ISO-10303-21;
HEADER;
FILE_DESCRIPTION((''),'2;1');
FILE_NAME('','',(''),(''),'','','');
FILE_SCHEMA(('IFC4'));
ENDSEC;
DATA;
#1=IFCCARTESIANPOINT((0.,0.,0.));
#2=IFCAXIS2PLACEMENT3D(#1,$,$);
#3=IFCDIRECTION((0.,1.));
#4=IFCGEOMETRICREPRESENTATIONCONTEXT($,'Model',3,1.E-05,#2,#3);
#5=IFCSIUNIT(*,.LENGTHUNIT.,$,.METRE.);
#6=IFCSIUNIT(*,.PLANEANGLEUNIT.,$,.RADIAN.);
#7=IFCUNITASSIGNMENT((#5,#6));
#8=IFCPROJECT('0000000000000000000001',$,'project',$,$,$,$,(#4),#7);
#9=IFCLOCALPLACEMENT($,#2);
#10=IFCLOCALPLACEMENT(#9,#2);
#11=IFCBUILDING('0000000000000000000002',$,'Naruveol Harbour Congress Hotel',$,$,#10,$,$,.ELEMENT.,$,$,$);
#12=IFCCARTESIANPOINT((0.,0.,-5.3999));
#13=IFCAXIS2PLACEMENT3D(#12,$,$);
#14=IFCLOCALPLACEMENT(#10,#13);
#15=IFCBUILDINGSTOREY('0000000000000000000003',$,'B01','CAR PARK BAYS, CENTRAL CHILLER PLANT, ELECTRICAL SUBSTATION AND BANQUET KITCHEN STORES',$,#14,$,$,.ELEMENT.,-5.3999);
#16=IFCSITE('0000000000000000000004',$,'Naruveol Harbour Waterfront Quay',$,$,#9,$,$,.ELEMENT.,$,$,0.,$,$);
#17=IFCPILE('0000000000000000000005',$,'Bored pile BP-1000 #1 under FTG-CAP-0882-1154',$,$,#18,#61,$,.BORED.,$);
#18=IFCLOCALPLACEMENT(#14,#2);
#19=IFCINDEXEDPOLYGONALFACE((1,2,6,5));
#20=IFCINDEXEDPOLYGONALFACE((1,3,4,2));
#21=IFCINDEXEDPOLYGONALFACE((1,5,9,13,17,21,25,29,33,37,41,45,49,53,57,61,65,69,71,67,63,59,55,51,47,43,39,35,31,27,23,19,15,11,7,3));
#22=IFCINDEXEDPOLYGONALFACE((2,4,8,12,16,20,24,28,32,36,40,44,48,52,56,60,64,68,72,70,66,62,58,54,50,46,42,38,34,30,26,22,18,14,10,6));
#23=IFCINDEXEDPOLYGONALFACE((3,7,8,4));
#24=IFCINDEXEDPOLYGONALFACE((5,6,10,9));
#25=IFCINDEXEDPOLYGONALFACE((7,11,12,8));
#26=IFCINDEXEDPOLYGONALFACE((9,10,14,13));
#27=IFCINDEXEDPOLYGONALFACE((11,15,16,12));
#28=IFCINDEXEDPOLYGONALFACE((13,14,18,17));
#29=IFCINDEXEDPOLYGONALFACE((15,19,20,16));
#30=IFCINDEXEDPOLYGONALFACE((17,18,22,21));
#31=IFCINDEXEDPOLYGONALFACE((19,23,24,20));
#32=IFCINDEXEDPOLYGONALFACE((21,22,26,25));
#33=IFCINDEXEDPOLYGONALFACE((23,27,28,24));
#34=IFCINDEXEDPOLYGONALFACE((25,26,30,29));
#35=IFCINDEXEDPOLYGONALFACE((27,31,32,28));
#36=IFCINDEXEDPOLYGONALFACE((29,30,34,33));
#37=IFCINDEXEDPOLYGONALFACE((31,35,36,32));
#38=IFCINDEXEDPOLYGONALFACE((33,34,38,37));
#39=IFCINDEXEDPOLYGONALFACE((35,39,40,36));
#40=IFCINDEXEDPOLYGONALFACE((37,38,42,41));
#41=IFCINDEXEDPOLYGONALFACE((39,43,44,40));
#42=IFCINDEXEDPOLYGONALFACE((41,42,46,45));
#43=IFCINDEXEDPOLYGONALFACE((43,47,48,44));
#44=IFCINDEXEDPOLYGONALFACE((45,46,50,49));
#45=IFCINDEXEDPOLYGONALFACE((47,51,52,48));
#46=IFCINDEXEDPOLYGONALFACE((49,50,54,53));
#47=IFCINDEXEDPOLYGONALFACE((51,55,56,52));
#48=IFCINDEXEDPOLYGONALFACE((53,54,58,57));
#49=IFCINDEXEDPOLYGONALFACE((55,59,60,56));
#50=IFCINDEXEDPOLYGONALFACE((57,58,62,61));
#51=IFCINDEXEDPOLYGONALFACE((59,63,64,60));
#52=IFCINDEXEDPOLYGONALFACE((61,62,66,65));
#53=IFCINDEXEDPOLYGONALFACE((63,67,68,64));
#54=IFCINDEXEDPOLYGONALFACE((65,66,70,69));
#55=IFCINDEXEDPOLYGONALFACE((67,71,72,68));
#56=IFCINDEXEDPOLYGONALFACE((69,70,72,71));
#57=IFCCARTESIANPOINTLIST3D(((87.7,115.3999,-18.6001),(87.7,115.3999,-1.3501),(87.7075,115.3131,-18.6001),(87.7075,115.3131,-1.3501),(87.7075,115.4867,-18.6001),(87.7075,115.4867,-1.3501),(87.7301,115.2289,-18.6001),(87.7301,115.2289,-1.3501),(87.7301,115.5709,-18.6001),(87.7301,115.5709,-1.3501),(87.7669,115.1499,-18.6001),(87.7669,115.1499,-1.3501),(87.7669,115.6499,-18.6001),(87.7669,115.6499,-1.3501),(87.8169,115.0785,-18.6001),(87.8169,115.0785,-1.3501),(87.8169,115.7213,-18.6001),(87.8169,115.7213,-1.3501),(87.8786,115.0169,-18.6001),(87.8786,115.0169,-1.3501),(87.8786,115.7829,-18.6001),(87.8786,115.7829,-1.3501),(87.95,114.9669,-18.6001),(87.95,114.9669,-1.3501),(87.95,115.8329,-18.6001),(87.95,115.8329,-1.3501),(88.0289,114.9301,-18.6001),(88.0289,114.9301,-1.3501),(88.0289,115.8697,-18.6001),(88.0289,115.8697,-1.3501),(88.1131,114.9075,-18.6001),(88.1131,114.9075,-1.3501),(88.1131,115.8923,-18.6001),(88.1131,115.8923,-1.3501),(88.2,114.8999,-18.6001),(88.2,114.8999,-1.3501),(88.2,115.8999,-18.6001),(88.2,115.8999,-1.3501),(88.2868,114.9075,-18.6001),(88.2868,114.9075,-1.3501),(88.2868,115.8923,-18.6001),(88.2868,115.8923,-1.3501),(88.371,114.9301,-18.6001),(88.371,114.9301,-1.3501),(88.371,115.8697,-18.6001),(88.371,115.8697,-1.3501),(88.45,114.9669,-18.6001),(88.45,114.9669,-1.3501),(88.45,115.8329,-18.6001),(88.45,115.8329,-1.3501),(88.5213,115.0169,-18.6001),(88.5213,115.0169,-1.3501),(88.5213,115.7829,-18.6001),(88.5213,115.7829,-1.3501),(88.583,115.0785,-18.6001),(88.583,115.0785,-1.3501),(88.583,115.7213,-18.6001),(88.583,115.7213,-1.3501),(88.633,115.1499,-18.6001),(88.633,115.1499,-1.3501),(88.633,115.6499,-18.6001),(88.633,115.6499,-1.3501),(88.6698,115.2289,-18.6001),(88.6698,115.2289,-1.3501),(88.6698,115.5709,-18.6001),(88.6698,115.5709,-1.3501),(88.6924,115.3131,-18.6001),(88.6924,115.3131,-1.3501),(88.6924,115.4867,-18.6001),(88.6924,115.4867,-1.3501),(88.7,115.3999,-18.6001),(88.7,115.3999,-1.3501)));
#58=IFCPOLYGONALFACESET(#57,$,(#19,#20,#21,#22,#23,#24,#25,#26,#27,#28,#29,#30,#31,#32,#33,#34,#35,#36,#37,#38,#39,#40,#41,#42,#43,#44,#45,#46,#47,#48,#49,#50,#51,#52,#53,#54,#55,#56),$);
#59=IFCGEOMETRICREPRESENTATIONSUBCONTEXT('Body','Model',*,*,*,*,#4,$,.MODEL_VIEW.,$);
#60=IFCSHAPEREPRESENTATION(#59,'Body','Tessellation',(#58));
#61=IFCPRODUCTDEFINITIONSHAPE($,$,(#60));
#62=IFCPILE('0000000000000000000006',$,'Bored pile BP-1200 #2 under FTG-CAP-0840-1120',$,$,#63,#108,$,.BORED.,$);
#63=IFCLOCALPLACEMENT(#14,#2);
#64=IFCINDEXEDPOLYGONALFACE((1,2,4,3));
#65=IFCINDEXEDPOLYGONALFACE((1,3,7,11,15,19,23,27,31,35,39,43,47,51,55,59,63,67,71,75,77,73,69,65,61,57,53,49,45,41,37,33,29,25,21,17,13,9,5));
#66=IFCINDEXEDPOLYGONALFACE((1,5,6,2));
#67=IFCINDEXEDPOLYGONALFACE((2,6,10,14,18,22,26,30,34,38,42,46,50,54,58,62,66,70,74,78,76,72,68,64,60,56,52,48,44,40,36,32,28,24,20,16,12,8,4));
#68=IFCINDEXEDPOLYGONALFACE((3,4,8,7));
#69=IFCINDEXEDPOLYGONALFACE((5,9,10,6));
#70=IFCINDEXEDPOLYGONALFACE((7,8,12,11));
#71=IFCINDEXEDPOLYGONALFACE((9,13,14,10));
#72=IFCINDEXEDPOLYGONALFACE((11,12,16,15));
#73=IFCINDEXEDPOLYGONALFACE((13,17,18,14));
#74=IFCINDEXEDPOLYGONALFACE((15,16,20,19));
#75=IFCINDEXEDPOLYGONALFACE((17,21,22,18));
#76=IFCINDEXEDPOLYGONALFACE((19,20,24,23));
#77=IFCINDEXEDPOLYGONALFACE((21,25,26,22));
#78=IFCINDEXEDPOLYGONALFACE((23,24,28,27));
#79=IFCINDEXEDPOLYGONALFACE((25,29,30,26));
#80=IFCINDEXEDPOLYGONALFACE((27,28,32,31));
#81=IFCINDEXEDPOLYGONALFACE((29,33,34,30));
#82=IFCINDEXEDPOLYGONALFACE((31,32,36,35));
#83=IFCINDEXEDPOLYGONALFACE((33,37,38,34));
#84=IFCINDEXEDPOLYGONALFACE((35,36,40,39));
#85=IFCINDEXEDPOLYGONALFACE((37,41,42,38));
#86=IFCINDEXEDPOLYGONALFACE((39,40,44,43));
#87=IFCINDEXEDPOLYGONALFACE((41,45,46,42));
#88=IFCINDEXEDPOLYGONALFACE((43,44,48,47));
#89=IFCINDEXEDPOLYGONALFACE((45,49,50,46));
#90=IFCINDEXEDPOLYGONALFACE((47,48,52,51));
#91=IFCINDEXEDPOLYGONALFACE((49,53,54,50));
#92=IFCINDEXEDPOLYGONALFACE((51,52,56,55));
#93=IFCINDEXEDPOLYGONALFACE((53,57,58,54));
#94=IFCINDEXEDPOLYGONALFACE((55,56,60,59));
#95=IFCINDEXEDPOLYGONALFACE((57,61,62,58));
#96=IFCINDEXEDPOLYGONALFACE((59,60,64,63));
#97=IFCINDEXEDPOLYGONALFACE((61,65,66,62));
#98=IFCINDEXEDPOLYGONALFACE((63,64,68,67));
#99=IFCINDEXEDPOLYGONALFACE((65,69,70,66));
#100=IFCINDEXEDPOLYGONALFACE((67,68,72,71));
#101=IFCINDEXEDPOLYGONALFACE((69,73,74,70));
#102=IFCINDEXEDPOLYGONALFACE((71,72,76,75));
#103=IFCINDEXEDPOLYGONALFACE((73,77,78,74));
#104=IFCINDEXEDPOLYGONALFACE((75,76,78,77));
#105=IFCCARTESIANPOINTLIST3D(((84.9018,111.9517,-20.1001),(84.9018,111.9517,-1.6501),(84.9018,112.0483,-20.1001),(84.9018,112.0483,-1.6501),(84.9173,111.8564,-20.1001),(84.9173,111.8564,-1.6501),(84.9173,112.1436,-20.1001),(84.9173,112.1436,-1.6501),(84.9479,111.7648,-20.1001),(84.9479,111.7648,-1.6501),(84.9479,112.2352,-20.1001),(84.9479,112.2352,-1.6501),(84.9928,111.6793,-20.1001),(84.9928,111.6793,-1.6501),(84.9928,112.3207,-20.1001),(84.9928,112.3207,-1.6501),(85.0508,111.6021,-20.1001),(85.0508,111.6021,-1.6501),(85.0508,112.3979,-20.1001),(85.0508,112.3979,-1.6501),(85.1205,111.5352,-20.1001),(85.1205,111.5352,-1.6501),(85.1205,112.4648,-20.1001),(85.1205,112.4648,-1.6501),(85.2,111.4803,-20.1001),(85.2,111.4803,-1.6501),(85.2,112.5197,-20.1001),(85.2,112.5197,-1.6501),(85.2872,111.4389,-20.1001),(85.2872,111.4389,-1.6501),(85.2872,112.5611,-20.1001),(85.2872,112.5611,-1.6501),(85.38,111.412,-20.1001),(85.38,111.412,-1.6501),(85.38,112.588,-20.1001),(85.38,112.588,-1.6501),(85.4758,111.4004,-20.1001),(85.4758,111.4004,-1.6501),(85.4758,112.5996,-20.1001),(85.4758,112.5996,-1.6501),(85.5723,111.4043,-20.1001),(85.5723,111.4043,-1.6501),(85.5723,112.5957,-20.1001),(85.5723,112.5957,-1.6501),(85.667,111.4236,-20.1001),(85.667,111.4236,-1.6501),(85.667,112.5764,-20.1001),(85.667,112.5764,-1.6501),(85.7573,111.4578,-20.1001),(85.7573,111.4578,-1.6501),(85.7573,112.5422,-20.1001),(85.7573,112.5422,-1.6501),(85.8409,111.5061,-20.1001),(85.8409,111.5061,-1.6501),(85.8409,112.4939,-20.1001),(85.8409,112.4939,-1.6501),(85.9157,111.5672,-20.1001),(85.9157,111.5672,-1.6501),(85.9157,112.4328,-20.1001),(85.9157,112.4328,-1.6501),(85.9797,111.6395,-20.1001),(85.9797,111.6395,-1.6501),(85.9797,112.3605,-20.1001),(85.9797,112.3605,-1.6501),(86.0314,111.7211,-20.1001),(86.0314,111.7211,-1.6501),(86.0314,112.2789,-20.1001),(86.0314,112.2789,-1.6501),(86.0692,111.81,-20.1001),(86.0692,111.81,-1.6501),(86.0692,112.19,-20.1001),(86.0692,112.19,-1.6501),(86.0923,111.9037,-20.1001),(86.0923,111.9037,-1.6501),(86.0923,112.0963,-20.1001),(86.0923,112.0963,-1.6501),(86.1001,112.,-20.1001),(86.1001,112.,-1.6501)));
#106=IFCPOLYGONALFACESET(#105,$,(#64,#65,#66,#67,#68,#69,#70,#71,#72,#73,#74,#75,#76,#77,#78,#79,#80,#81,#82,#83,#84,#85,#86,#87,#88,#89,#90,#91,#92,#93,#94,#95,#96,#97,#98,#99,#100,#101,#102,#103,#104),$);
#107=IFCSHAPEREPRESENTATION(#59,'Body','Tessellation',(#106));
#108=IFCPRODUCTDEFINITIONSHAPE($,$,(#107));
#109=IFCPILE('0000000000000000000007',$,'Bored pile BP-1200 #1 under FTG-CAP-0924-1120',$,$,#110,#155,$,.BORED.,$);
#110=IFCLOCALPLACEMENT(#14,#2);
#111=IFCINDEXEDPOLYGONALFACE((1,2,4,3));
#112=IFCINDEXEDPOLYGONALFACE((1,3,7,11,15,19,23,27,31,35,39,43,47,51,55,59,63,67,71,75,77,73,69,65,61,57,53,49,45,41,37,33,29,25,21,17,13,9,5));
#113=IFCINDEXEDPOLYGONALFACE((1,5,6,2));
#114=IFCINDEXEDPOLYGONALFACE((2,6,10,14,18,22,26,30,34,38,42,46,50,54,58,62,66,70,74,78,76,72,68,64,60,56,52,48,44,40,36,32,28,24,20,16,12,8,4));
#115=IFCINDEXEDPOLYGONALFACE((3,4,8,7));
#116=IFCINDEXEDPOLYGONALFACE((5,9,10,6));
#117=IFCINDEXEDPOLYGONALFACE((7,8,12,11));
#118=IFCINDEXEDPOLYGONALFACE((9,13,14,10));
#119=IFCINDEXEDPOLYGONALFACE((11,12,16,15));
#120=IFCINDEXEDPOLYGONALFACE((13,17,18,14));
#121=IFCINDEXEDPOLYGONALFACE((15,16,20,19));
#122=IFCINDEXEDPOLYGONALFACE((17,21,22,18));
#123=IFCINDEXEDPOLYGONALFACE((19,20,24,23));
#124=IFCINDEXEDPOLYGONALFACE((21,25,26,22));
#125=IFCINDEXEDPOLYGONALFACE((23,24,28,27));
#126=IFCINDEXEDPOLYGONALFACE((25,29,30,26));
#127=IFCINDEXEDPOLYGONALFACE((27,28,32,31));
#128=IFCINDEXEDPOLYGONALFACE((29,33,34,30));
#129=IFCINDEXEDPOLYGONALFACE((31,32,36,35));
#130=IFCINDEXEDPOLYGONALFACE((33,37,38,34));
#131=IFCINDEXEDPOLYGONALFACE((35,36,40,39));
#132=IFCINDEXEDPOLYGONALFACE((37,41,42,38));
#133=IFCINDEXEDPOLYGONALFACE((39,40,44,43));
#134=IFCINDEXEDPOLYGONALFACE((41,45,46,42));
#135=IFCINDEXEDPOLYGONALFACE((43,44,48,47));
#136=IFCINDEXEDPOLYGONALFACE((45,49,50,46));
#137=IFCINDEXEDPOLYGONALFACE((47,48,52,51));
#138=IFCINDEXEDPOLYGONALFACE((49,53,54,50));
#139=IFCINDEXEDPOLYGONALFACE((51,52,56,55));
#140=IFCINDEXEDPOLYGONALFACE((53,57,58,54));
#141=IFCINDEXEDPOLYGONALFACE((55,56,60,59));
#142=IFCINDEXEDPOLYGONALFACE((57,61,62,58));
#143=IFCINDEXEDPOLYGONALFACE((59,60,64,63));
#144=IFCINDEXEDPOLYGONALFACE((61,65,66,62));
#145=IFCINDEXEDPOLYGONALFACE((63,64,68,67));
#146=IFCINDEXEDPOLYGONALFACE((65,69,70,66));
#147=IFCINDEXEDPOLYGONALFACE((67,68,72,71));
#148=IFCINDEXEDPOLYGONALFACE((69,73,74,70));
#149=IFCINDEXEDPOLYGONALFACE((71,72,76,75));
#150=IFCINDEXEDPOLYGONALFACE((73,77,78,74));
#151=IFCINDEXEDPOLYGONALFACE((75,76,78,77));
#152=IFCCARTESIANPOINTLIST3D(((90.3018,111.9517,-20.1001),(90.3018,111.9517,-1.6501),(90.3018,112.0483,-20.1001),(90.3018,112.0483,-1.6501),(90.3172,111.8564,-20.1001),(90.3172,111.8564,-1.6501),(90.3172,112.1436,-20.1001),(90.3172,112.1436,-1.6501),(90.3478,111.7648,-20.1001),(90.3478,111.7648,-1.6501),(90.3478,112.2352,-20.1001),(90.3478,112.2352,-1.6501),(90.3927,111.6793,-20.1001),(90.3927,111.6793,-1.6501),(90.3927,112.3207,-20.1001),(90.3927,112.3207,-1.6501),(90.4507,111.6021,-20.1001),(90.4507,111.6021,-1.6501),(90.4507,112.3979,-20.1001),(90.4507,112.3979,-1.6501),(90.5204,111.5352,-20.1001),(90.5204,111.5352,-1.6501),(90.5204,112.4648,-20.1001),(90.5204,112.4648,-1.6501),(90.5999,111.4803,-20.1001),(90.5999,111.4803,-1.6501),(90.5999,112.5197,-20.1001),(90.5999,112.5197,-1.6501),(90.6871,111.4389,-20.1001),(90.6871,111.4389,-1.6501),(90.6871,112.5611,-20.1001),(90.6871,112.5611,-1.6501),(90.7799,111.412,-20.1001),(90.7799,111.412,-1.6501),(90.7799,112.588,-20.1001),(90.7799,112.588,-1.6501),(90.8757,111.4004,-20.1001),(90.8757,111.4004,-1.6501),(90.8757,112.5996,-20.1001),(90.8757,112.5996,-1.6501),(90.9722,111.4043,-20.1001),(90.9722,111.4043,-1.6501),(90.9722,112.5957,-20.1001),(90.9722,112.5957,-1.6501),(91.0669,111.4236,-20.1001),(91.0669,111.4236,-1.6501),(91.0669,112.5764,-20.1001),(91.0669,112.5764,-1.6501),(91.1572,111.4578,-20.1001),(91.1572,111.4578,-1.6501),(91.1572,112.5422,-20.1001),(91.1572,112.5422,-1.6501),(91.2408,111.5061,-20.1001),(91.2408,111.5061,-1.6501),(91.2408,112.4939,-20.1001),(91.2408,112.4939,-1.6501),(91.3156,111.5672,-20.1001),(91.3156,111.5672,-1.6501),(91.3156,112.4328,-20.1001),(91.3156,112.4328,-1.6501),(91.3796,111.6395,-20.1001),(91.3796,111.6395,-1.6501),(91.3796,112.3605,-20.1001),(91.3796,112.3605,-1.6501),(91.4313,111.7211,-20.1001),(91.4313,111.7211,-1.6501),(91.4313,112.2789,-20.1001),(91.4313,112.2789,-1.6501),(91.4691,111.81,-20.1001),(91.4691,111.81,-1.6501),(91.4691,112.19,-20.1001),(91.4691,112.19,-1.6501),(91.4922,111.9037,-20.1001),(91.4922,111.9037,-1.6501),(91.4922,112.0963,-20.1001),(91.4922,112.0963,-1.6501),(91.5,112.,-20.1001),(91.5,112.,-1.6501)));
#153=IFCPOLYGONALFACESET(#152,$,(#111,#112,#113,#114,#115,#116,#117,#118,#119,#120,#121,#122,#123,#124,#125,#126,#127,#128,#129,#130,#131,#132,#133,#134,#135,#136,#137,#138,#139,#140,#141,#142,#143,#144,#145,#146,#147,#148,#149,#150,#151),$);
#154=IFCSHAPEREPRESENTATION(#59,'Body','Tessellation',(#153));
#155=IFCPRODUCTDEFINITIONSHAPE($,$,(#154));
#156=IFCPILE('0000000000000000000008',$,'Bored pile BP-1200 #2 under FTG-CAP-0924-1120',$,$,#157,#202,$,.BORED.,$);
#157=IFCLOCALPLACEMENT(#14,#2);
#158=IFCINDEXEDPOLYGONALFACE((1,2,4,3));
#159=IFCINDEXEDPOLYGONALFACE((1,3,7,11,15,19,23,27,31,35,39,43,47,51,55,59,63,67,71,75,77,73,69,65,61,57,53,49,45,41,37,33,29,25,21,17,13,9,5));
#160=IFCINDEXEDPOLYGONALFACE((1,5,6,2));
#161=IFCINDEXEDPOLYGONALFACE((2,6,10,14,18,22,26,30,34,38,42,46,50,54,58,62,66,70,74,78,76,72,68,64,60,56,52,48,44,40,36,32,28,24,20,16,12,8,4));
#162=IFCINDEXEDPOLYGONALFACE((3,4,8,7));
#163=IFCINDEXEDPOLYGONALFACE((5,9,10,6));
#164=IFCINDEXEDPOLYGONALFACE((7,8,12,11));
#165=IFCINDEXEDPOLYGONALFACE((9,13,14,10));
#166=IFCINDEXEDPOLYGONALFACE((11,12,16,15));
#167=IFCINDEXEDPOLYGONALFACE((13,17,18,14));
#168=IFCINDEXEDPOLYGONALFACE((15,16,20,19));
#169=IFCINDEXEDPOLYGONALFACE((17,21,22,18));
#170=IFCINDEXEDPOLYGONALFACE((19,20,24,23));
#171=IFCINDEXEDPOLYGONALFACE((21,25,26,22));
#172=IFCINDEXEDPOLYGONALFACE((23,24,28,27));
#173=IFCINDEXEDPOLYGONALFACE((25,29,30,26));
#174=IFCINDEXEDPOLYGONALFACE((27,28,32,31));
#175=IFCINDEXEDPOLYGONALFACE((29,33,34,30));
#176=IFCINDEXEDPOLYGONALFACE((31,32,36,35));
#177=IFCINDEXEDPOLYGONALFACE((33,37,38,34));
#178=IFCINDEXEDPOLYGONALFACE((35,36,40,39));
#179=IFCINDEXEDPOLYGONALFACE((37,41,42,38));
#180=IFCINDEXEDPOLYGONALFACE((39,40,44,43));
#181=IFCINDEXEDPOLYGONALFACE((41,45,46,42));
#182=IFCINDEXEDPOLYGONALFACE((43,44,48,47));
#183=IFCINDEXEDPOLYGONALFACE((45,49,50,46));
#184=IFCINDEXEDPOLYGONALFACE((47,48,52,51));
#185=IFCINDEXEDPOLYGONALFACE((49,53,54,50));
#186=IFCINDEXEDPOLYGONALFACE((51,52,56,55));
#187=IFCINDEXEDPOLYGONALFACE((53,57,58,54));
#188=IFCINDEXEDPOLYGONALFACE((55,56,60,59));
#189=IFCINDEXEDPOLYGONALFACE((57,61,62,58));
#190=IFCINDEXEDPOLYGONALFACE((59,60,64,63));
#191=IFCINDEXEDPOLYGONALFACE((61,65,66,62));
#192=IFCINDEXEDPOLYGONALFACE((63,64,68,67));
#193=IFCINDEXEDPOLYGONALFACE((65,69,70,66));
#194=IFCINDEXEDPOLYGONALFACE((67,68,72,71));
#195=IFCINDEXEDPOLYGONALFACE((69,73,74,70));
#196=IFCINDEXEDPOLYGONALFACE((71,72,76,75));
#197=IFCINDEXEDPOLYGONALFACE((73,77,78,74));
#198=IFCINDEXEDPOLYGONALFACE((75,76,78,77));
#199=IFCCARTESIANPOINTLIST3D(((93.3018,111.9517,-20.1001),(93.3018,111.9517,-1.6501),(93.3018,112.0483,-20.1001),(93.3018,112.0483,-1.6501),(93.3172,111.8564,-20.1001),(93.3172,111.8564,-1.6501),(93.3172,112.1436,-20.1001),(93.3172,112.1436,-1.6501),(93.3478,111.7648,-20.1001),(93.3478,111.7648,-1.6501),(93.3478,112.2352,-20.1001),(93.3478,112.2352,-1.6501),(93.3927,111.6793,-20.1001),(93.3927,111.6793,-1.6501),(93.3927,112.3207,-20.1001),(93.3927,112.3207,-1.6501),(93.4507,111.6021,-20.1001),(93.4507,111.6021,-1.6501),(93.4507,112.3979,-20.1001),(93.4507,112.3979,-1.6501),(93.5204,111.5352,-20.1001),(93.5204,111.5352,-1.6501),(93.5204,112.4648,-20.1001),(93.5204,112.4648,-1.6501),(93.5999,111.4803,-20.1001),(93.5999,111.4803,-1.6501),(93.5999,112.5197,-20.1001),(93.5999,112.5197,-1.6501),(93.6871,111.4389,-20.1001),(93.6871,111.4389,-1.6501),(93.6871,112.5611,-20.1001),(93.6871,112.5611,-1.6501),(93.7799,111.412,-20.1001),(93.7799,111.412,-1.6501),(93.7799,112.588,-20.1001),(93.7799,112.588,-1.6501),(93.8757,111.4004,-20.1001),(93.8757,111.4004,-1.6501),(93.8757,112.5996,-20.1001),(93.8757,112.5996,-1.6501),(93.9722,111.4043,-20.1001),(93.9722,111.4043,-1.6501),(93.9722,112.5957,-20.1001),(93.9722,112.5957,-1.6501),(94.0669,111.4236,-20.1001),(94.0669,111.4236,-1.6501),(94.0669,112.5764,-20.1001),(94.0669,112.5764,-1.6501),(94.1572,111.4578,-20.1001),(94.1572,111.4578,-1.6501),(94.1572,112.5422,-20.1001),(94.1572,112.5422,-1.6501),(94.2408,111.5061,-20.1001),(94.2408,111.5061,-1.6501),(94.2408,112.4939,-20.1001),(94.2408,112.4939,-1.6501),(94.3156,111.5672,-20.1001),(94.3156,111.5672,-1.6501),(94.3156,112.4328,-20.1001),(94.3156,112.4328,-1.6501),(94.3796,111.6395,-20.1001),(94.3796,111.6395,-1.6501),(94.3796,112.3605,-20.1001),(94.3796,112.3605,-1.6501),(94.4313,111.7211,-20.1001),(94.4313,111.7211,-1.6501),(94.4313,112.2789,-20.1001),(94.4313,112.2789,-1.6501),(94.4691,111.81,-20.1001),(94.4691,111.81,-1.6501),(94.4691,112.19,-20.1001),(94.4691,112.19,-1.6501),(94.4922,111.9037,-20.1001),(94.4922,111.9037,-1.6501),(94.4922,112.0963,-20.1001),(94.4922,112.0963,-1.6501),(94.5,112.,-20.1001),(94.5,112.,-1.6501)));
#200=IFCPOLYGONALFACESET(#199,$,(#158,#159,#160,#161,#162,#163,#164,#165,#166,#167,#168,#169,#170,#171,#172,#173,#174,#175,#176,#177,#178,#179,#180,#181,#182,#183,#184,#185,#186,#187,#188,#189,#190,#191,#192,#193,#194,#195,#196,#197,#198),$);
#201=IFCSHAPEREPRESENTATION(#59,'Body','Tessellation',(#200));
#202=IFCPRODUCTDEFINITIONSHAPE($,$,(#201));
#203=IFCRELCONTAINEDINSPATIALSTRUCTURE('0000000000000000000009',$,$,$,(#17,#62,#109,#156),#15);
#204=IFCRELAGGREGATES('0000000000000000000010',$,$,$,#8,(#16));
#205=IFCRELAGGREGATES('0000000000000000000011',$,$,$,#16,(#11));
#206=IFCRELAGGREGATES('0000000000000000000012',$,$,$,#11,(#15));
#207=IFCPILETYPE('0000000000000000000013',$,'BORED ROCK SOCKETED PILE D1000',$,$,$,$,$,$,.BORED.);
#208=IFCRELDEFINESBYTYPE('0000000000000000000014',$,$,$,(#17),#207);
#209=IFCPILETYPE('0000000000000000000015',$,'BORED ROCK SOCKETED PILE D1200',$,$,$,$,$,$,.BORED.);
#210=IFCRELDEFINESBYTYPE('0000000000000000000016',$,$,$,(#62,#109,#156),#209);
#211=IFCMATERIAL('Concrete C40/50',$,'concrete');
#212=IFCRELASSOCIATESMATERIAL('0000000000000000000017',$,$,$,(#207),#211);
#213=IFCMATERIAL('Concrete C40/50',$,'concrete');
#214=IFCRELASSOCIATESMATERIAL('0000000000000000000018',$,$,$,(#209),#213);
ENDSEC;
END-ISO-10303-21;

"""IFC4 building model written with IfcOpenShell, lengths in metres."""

from ifc_helpers import new_model, si_unit, direction, frame, origin, origin_2d, place, context, subcontext, project, spatial, circle, extrude, material, material_profile, profile_set, type_object, element, save


model = new_model("IFC4")

# Units and contexts
model_context = context("Model", 3, precision=1e-05, world=origin(), true_north=direction((0.0, 1.0)))
body_context = subcontext(model_context, "Body", "Model", "MODEL_VIEW")
ifc_project = project(units=[si_unit("LENGTHUNIT", "METRE"), si_unit("PLANEANGLEUNIT", "RADIAN")], contexts=[model_context])

# Site, building, storey
site_placement = place(None, origin())
site = spatial("IfcSite", under=ifc_project, at=site_placement, Name="Naruveol Harbour Waterfront Quay", CompositionType="ELEMENT", RefElevation=0.0)
building_placement = place(site_placement, origin())
building = spatial("IfcBuilding", under=site, at=building_placement, Name="Naruveol Harbour Congress Hotel", CompositionType="ELEMENT")
storey_placement = place(building_placement, frame((0.0, 0.0, -5.3999)))
storey = spatial("IfcBuildingStorey", under=building, at=storey_placement, Name="B01", Description="CAR PARK BAYS, CENTRAL CHILLER PLANT, ELECTRICAL SUBSTATION AND BANQUET KITCHEN STORES", CompositionType="ELEMENT", Elevation=-5.3999)

# Piles
ifc_material_1 = material(Name="Concrete C40/50", Category="concrete")
ifc_material_profile_1 = material_profile(ifc_material_1, circle(Radius=0.5, at=origin_2d()), Name="BP-1000")
ifc_profile_set_1 = profile_set([ifc_material_profile_1], Name="Concrete C40/50")
pile_type_1 = type_object("IfcPileType", Name="BORED ROCK SOCKETED PILE D1000", PredefinedType="BORED", material=ifc_profile_set_1)
pile_placement = place(storey_placement, frame((88.2, 115.3999, -1.3501), z_axis=(0.0, 0.0, -1.0), x_axis=(1.0, 0.0, 0.0)))
element("IfcPile", 1, at=pile_placement, inside=storey, type_object=pile_type_1, Name="Bored pile BP-1000 #1 under FTG-CAP-0882-1154", PredefinedType="BORED", context=body_context, shape_type="SweptSolid", body=[
    extrude(circle(Radius=0.5, at=origin_2d()), origin(), (0.0, 0.0, 1.0), 17.25),
])
ifc_material_2 = material(Name="Concrete C40/50", Category="concrete")
ifc_material_profile_2 = material_profile(ifc_material_2, circle(Radius=0.6001, at=origin_2d()), Name="BP-1200")
ifc_profile_set_2 = profile_set([ifc_material_profile_2], Name="Concrete C40/50")
pile_type_2 = type_object("IfcPileType", Name="BORED ROCK SOCKETED PILE D1200", PredefinedType="BORED", material=ifc_profile_set_2)
for number, where, z_axis, x_axis, name in (
    (2, (85.5, 112.0, -1.6501), (0.0, 0.0, -1.0), (1.0, 0.0, 0.0), "Bored pile BP-1200 #2 under FTG-CAP-0840-1120"),
    (3, (90.8999, 112.0, -1.6501), (0.0, 0.0, -1.0), (1.0, 0.0, 0.0), "Bored pile BP-1200 #1 under FTG-CAP-0924-1120"),
    (4, (93.8999, 112.0, -1.6501), (0.0, 0.0, -1.0), (1.0, 0.0, 0.0), "Bored pile BP-1200 #2 under FTG-CAP-0924-1120"),
):
    element("IfcPile", number, at=place(storey_placement, frame(where, z_axis=z_axis, x_axis=x_axis)), inside=storey, type_object=pile_type_2, Name=name, PredefinedType="BORED", context=body_context, shape_type="SweptSolid", body=[
        extrude(circle(Radius=0.6001, at=origin_2d()), origin(), (0.0, 0.0, 1.0), 18.45),
    ])

save(model, "model.ifc")
